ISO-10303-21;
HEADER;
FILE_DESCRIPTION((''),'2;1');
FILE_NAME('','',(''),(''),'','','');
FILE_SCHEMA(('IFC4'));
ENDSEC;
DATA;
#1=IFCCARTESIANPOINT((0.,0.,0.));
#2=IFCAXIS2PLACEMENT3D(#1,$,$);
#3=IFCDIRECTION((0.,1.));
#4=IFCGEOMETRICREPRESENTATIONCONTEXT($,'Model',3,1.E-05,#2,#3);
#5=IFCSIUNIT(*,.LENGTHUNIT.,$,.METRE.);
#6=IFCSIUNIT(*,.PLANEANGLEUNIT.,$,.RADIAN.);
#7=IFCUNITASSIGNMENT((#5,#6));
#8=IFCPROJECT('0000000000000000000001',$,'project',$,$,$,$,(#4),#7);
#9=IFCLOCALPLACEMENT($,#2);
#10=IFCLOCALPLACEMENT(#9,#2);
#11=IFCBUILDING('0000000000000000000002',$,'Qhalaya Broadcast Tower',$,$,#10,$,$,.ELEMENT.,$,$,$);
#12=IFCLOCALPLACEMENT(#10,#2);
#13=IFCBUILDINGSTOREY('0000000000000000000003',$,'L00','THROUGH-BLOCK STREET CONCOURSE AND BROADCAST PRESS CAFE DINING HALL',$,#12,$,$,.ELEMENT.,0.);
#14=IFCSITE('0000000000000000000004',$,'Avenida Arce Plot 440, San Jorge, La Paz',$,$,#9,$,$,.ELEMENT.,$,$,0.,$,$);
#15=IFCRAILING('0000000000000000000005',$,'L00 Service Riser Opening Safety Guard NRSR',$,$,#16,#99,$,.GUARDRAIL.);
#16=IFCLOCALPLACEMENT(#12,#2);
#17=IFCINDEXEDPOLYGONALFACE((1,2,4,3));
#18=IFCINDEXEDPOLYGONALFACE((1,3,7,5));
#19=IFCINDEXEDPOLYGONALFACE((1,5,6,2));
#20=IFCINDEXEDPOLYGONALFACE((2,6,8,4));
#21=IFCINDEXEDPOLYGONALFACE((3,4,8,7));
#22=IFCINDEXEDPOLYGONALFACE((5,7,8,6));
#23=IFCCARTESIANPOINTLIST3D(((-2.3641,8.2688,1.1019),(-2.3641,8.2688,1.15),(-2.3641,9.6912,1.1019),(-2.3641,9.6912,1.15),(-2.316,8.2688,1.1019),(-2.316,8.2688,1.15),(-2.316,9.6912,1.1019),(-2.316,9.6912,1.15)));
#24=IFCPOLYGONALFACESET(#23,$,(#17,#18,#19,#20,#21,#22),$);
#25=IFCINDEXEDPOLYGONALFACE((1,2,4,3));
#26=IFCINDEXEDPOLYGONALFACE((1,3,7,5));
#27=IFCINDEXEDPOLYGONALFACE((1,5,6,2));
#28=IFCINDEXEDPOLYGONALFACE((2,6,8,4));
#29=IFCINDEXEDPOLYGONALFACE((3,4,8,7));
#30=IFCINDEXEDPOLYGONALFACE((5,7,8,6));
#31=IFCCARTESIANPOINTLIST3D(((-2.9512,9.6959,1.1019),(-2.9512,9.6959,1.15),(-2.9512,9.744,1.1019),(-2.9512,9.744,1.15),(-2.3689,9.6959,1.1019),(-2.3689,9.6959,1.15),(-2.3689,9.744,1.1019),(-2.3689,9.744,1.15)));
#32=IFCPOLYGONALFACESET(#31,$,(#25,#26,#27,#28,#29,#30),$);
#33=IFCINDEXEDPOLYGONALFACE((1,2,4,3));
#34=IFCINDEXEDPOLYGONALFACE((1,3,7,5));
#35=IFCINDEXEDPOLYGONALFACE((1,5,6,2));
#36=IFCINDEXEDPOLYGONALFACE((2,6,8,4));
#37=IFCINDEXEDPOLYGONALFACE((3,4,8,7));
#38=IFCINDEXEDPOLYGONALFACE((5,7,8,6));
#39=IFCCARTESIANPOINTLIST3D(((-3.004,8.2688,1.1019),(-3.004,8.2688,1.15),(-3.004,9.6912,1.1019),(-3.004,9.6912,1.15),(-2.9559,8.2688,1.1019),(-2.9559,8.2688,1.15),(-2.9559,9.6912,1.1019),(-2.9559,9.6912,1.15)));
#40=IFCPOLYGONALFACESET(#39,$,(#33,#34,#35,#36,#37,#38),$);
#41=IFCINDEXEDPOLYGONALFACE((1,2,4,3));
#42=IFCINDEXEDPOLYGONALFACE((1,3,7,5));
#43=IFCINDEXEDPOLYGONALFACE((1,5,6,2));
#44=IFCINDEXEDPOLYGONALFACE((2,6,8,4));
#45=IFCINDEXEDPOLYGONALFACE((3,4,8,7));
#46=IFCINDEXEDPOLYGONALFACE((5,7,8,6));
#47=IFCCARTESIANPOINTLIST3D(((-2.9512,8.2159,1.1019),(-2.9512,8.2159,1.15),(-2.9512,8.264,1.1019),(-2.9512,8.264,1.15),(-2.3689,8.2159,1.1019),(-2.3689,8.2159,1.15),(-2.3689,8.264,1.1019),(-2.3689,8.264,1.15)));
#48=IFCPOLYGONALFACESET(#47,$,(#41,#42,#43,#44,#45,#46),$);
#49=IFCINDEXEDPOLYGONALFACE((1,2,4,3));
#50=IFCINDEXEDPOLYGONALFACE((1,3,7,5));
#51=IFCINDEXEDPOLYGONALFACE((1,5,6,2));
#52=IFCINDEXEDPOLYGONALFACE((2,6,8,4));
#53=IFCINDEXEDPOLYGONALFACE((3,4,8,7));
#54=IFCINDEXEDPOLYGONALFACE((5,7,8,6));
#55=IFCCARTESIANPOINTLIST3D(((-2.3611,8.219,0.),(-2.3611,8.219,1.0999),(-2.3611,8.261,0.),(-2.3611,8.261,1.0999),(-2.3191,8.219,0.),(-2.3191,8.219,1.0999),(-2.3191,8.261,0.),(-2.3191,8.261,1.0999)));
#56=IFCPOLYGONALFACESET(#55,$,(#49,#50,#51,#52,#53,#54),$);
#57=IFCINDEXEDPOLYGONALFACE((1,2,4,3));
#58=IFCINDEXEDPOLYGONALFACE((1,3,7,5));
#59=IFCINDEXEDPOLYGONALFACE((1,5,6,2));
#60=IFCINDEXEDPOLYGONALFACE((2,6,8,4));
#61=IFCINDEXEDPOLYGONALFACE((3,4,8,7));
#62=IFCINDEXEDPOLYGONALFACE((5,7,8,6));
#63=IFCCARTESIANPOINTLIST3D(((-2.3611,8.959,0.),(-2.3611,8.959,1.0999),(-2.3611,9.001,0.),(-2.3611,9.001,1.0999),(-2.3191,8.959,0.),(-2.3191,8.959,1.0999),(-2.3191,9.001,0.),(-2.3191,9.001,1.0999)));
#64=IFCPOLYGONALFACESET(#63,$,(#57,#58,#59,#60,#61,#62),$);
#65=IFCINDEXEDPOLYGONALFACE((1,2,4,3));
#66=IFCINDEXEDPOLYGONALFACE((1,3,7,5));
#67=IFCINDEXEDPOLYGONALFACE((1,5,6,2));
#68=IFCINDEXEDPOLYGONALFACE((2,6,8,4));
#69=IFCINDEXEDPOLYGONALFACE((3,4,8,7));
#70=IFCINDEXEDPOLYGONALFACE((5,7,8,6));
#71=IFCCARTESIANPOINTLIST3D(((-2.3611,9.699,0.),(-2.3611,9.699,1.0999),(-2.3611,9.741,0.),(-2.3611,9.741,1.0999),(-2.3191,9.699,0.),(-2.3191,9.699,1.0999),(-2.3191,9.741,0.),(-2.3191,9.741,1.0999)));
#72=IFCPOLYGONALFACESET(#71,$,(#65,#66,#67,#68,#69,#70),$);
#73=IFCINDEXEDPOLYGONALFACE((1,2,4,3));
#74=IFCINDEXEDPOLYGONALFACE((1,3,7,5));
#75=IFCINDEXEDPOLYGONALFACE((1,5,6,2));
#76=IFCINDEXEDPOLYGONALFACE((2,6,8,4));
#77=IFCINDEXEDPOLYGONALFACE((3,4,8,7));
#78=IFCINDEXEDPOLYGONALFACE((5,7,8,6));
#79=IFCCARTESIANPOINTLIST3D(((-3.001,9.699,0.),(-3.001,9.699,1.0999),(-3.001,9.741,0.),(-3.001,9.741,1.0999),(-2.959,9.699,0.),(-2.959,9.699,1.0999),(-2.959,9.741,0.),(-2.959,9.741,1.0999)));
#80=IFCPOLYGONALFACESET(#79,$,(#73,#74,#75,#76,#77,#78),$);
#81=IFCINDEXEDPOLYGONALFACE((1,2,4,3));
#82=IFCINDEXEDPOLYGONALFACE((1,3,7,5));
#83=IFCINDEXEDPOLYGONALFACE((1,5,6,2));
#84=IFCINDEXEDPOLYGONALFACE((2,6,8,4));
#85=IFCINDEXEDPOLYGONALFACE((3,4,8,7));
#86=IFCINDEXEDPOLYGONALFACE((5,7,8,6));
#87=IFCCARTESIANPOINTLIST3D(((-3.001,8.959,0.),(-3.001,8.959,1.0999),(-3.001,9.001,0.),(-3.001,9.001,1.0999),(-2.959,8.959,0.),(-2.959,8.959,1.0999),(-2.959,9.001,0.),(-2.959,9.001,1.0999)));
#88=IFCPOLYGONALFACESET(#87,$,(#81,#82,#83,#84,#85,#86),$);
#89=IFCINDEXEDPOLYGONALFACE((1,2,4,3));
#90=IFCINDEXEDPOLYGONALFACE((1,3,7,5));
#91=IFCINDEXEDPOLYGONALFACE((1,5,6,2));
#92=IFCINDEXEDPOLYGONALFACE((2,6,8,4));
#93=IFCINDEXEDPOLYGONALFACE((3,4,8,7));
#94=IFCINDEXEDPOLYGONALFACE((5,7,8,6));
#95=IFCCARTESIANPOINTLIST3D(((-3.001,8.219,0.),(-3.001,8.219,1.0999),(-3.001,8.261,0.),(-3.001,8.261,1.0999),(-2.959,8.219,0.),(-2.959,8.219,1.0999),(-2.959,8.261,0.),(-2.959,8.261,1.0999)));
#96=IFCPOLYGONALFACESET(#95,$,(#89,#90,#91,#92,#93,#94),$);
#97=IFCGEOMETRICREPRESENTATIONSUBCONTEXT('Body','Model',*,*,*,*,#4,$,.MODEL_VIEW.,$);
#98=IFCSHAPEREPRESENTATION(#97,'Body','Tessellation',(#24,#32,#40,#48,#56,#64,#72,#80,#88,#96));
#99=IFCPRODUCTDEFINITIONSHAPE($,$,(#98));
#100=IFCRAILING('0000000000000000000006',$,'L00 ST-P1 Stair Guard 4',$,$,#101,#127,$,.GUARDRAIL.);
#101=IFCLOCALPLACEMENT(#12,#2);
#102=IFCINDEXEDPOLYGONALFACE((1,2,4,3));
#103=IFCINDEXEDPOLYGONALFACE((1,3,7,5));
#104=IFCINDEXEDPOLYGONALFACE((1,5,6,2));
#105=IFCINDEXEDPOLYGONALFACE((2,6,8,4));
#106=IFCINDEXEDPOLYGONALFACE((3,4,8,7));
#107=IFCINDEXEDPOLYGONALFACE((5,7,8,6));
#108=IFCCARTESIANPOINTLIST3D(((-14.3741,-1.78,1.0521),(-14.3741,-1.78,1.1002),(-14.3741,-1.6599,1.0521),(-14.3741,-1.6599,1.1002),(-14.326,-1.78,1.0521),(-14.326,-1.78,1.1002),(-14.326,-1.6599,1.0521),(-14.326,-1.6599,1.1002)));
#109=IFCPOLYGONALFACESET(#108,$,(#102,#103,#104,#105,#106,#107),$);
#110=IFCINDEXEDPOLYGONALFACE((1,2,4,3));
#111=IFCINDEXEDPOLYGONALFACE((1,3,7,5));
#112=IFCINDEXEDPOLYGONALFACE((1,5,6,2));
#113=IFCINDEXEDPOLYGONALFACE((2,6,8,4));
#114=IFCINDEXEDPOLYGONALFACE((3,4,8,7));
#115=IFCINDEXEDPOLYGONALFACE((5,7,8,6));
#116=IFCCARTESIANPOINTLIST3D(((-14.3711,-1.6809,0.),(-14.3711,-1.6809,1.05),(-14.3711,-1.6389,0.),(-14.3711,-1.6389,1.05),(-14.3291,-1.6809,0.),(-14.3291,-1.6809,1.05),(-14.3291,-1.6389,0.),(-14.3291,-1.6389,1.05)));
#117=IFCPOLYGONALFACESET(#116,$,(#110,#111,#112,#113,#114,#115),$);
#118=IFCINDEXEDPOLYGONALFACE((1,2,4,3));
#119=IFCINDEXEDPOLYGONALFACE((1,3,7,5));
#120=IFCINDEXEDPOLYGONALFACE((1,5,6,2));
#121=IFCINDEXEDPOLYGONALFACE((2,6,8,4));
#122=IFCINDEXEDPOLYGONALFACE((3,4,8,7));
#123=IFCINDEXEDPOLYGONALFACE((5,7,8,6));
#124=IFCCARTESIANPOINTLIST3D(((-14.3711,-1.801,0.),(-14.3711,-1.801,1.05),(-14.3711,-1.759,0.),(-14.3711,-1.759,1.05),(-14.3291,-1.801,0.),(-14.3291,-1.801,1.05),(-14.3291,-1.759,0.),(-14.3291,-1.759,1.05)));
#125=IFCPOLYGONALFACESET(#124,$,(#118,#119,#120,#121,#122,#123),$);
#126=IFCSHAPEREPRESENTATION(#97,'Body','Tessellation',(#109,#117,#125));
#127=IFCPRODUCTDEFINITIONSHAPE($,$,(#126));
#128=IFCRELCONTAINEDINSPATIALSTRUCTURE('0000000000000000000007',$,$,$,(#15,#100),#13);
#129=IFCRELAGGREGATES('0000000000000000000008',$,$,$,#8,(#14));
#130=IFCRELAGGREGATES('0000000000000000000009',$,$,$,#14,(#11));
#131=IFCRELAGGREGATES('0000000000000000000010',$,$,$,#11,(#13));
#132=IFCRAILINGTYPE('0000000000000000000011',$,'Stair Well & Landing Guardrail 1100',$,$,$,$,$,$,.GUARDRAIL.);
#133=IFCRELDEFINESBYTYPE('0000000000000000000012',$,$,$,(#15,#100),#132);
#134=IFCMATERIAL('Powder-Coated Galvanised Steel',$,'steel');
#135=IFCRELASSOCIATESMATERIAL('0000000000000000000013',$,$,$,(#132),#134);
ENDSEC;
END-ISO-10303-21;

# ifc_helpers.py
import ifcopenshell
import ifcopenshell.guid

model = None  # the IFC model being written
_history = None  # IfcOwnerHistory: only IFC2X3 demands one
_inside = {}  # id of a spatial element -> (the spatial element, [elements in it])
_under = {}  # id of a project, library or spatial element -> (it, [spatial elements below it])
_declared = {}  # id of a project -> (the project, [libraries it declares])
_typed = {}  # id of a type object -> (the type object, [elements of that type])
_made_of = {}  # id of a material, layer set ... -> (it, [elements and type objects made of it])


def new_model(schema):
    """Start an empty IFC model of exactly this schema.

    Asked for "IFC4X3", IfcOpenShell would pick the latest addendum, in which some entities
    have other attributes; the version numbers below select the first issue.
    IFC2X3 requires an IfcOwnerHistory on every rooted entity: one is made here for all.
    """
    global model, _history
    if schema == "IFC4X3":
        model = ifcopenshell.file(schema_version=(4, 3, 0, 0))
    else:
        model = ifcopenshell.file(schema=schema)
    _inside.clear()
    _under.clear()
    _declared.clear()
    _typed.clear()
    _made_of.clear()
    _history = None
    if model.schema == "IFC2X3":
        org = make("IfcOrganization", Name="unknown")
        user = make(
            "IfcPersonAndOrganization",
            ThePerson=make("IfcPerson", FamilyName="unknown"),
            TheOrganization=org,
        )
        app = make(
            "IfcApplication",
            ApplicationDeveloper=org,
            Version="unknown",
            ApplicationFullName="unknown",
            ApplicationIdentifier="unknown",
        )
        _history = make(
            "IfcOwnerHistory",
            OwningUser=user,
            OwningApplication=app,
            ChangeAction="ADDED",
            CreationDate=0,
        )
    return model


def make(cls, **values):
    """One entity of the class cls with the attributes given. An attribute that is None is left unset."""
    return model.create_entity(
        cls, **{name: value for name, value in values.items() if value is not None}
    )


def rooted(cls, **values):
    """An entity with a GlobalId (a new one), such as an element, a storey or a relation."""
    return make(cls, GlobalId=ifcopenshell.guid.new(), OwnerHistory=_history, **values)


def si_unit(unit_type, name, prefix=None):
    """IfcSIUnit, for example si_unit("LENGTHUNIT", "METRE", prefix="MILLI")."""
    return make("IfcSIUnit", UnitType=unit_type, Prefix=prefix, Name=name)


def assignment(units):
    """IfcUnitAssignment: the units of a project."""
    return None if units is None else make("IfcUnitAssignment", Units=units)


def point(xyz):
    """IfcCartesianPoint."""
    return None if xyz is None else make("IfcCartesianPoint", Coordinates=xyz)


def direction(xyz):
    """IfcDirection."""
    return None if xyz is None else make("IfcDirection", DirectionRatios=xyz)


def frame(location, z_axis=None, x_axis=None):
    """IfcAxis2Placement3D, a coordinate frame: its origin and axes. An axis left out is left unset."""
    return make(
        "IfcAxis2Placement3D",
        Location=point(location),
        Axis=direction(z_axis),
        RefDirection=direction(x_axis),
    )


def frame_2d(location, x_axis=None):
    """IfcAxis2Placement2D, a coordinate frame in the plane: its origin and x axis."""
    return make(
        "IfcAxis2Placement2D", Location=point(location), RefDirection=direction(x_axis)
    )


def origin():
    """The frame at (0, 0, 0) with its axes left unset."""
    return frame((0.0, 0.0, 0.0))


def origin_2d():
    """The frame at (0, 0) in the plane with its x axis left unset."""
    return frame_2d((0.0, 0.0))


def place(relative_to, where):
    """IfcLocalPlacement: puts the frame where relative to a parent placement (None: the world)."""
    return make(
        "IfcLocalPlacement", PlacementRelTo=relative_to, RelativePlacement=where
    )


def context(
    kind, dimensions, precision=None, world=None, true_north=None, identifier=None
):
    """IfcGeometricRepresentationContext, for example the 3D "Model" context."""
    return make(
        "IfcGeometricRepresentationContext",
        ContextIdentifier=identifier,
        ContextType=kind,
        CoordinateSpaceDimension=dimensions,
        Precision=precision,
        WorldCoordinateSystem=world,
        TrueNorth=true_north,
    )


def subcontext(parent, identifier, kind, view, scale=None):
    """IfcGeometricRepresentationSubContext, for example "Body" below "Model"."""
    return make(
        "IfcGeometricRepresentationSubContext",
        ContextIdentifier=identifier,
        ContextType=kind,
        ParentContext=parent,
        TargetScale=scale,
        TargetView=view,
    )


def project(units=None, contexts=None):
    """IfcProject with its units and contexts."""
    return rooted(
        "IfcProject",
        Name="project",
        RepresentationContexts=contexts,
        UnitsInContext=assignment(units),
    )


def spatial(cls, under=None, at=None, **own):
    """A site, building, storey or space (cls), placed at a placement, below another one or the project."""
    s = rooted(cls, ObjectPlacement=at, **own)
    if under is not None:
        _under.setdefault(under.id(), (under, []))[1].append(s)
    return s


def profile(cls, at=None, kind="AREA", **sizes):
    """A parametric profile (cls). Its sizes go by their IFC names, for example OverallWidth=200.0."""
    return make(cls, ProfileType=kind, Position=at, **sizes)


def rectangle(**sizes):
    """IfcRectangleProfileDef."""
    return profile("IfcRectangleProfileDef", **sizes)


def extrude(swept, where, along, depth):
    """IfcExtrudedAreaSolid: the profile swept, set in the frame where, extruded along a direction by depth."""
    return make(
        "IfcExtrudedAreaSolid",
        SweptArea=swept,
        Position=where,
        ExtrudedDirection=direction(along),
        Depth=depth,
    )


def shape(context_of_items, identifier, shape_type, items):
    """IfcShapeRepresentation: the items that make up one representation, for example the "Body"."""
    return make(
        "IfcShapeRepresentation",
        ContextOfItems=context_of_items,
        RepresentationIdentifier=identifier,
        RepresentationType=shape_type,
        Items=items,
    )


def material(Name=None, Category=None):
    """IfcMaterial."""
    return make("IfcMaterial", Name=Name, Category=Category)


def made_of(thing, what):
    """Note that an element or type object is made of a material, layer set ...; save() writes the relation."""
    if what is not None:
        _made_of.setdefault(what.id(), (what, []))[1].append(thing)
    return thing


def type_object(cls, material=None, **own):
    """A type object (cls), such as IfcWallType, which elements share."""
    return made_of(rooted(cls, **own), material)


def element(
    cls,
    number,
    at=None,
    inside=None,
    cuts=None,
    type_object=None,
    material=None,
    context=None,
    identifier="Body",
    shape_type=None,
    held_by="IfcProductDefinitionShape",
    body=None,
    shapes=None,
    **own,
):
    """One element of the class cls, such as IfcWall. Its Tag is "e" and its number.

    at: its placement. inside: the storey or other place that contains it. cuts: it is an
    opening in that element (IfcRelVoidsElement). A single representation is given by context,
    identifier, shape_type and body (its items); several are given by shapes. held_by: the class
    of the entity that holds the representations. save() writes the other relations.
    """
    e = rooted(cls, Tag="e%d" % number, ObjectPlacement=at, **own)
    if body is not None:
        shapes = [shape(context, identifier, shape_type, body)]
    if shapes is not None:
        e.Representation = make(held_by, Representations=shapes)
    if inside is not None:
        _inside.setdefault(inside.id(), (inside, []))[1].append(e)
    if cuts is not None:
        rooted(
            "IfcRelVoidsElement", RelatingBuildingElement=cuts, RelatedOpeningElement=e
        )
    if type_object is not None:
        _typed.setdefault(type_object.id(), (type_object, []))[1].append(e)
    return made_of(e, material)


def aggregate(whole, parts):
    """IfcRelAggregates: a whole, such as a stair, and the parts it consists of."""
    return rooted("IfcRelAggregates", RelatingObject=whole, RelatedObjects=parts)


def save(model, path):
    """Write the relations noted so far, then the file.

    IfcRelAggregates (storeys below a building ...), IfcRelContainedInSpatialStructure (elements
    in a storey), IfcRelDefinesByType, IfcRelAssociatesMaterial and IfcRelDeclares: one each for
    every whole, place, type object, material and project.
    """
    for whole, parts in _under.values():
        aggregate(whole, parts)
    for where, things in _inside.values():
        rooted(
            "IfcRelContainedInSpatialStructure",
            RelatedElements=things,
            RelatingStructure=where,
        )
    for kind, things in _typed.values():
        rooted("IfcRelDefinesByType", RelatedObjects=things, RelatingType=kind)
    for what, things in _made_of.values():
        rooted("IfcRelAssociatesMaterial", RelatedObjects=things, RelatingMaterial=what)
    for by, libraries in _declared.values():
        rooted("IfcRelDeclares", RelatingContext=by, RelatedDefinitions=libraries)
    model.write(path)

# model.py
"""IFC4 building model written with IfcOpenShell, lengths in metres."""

from ifc_helpers import new_model, si_unit, direction, frame, origin, origin_2d, place, context, subcontext, project, spatial, rectangle, extrude, material, type_object, element, save


model = new_model("IFC4")

# Units and contexts
model_context = context("Model", 3, precision=1e-05, world=origin(), true_north=direction((0.0, 1.0)))
body_context = subcontext(model_context, "Body", "Model", "MODEL_VIEW")
ifc_project = project(units=[si_unit("LENGTHUNIT", "METRE"), si_unit("PLANEANGLEUNIT", "RADIAN")], contexts=[model_context])

# Site, building, storey
site_placement = place(None, origin())
site = spatial("IfcSite", under=ifc_project, at=site_placement, Name="Avenida Arce Plot 440, San Jorge, La Paz", CompositionType="ELEMENT", RefElevation=0.0)
building_placement = place(site_placement, origin())
building = spatial("IfcBuilding", under=site, at=building_placement, Name="Qhalaya Broadcast Tower", CompositionType="ELEMENT")
storey_placement = place(building_placement, origin())
storey = spatial("IfcBuildingStorey", under=building, at=storey_placement, Name="L00", Description="THROUGH-BLOCK STREET CONCOURSE AND BROADCAST PRESS CAFE DINING HALL", CompositionType="ELEMENT", Elevation=0.0)

# Railings
ifc_material_1 = material(Name="Powder-Coated Galvanised Steel", Category="steel")
railing_type_1 = type_object("IfcRailingType", Name="Stair Well & Landing Guardrail 1100", PredefinedType="GUARDRAIL", material=ifc_material_1)
railing_1_placement = place(storey_placement, frame((-2.3401, 8.24, 0.0)))
element("IfcRailing", 1, at=railing_1_placement, inside=storey, type_object=railing_type_1, Name="L00 Service Riser Opening Safety Guard NRSR", PredefinedType="GUARDRAIL", context=body_context, shape_type="SweptSolid", body=[
    extrude(rectangle(XDim=0.0481, YDim=0.0481, at=origin_2d()), frame((0.0, 0.0288, 1.126), z_axis=(0.0, 1.0, 0.0), x_axis=(-1.0, 0.0, 0.0)), (0.0, 0.0, 1.0), 1.4224),
    extrude(rectangle(XDim=0.0481, YDim=0.0481, at=origin_2d()), frame((-0.0288, 1.48, 1.126), z_axis=(-1.0, 0.0, 0.0), x_axis=(0.0, -1.0, 0.0)), (0.0, 0.0, 1.0), 0.5823),
    extrude(rectangle(XDim=0.0481, YDim=0.0481, at=origin_2d()), frame((-0.6399, 1.4512, 1.126), z_axis=(0.0, -1.0, 0.0), x_axis=(1.0, 0.0, 0.0)), (0.0, 0.0, 1.0), 1.4224),
    extrude(rectangle(XDim=0.0481, YDim=0.0481, at=origin_2d()), frame((-0.6111, 0.0, 1.126), z_axis=(1.0, 0.0, 0.0), x_axis=(0.0, 1.0, 0.0)), (0.0, 0.0, 1.0), 0.5823),
    extrude(rectangle(XDim=0.042, YDim=0.042, at=origin_2d()), origin(), (0.0, 0.0, 1.0), 1.0999),
    extrude(rectangle(XDim=0.042, YDim=0.042, at=origin_2d()), frame((0.0, 0.74, 0.0)), (0.0, 0.0, 1.0), 1.0999),
    extrude(rectangle(XDim=0.042, YDim=0.042, at=origin_2d()), frame((0.0, 1.48, 0.0)), (0.0, 0.0, 1.0), 1.0999),
    extrude(rectangle(XDim=0.042, YDim=0.042, at=origin_2d()), frame((-0.6399, 1.48, 0.0)), (0.0, 0.0, 1.0), 1.0999),
    extrude(rectangle(XDim=0.042, YDim=0.042, at=origin_2d()), frame((-0.6399, 0.74, 0.0)), (0.0, 0.0, 1.0), 1.0999),
    extrude(rectangle(XDim=0.042, YDim=0.042, at=origin_2d()), frame((-0.6399, 0.0, 0.0)), (0.0, 0.0, 1.0), 1.0999),
])
railing_2_placement = place(storey_placement, frame((-14.3501, -1.6599, 0.0)))
element("IfcRailing", 2, at=railing_2_placement, inside=storey, type_object=railing_type_1, Name="L00 ST-P1 Stair Guard 4", PredefinedType="GUARDRAIL", context=body_context, shape_type="SweptSolid", body=[
    extrude(rectangle(XDim=0.0481, YDim=0.0481, at=origin_2d()), frame((0.0, 0.0, 1.0762), z_axis=(0.0, -1.0, 0.0), x_axis=(1.0, 0.0, 0.0)), (0.0, 0.0, 1.0), 0.1201),
    extrude(rectangle(XDim=0.042, YDim=0.042, at=origin_2d()), origin(), (0.0, 0.0, 1.0), 1.05),
    extrude(rectangle(XDim=0.042, YDim=0.042, at=origin_2d()), frame((0.0, -0.1201, 0.0)), (0.0, 0.0, 1.0), 1.05),
])

save(model, "model.ifc")
